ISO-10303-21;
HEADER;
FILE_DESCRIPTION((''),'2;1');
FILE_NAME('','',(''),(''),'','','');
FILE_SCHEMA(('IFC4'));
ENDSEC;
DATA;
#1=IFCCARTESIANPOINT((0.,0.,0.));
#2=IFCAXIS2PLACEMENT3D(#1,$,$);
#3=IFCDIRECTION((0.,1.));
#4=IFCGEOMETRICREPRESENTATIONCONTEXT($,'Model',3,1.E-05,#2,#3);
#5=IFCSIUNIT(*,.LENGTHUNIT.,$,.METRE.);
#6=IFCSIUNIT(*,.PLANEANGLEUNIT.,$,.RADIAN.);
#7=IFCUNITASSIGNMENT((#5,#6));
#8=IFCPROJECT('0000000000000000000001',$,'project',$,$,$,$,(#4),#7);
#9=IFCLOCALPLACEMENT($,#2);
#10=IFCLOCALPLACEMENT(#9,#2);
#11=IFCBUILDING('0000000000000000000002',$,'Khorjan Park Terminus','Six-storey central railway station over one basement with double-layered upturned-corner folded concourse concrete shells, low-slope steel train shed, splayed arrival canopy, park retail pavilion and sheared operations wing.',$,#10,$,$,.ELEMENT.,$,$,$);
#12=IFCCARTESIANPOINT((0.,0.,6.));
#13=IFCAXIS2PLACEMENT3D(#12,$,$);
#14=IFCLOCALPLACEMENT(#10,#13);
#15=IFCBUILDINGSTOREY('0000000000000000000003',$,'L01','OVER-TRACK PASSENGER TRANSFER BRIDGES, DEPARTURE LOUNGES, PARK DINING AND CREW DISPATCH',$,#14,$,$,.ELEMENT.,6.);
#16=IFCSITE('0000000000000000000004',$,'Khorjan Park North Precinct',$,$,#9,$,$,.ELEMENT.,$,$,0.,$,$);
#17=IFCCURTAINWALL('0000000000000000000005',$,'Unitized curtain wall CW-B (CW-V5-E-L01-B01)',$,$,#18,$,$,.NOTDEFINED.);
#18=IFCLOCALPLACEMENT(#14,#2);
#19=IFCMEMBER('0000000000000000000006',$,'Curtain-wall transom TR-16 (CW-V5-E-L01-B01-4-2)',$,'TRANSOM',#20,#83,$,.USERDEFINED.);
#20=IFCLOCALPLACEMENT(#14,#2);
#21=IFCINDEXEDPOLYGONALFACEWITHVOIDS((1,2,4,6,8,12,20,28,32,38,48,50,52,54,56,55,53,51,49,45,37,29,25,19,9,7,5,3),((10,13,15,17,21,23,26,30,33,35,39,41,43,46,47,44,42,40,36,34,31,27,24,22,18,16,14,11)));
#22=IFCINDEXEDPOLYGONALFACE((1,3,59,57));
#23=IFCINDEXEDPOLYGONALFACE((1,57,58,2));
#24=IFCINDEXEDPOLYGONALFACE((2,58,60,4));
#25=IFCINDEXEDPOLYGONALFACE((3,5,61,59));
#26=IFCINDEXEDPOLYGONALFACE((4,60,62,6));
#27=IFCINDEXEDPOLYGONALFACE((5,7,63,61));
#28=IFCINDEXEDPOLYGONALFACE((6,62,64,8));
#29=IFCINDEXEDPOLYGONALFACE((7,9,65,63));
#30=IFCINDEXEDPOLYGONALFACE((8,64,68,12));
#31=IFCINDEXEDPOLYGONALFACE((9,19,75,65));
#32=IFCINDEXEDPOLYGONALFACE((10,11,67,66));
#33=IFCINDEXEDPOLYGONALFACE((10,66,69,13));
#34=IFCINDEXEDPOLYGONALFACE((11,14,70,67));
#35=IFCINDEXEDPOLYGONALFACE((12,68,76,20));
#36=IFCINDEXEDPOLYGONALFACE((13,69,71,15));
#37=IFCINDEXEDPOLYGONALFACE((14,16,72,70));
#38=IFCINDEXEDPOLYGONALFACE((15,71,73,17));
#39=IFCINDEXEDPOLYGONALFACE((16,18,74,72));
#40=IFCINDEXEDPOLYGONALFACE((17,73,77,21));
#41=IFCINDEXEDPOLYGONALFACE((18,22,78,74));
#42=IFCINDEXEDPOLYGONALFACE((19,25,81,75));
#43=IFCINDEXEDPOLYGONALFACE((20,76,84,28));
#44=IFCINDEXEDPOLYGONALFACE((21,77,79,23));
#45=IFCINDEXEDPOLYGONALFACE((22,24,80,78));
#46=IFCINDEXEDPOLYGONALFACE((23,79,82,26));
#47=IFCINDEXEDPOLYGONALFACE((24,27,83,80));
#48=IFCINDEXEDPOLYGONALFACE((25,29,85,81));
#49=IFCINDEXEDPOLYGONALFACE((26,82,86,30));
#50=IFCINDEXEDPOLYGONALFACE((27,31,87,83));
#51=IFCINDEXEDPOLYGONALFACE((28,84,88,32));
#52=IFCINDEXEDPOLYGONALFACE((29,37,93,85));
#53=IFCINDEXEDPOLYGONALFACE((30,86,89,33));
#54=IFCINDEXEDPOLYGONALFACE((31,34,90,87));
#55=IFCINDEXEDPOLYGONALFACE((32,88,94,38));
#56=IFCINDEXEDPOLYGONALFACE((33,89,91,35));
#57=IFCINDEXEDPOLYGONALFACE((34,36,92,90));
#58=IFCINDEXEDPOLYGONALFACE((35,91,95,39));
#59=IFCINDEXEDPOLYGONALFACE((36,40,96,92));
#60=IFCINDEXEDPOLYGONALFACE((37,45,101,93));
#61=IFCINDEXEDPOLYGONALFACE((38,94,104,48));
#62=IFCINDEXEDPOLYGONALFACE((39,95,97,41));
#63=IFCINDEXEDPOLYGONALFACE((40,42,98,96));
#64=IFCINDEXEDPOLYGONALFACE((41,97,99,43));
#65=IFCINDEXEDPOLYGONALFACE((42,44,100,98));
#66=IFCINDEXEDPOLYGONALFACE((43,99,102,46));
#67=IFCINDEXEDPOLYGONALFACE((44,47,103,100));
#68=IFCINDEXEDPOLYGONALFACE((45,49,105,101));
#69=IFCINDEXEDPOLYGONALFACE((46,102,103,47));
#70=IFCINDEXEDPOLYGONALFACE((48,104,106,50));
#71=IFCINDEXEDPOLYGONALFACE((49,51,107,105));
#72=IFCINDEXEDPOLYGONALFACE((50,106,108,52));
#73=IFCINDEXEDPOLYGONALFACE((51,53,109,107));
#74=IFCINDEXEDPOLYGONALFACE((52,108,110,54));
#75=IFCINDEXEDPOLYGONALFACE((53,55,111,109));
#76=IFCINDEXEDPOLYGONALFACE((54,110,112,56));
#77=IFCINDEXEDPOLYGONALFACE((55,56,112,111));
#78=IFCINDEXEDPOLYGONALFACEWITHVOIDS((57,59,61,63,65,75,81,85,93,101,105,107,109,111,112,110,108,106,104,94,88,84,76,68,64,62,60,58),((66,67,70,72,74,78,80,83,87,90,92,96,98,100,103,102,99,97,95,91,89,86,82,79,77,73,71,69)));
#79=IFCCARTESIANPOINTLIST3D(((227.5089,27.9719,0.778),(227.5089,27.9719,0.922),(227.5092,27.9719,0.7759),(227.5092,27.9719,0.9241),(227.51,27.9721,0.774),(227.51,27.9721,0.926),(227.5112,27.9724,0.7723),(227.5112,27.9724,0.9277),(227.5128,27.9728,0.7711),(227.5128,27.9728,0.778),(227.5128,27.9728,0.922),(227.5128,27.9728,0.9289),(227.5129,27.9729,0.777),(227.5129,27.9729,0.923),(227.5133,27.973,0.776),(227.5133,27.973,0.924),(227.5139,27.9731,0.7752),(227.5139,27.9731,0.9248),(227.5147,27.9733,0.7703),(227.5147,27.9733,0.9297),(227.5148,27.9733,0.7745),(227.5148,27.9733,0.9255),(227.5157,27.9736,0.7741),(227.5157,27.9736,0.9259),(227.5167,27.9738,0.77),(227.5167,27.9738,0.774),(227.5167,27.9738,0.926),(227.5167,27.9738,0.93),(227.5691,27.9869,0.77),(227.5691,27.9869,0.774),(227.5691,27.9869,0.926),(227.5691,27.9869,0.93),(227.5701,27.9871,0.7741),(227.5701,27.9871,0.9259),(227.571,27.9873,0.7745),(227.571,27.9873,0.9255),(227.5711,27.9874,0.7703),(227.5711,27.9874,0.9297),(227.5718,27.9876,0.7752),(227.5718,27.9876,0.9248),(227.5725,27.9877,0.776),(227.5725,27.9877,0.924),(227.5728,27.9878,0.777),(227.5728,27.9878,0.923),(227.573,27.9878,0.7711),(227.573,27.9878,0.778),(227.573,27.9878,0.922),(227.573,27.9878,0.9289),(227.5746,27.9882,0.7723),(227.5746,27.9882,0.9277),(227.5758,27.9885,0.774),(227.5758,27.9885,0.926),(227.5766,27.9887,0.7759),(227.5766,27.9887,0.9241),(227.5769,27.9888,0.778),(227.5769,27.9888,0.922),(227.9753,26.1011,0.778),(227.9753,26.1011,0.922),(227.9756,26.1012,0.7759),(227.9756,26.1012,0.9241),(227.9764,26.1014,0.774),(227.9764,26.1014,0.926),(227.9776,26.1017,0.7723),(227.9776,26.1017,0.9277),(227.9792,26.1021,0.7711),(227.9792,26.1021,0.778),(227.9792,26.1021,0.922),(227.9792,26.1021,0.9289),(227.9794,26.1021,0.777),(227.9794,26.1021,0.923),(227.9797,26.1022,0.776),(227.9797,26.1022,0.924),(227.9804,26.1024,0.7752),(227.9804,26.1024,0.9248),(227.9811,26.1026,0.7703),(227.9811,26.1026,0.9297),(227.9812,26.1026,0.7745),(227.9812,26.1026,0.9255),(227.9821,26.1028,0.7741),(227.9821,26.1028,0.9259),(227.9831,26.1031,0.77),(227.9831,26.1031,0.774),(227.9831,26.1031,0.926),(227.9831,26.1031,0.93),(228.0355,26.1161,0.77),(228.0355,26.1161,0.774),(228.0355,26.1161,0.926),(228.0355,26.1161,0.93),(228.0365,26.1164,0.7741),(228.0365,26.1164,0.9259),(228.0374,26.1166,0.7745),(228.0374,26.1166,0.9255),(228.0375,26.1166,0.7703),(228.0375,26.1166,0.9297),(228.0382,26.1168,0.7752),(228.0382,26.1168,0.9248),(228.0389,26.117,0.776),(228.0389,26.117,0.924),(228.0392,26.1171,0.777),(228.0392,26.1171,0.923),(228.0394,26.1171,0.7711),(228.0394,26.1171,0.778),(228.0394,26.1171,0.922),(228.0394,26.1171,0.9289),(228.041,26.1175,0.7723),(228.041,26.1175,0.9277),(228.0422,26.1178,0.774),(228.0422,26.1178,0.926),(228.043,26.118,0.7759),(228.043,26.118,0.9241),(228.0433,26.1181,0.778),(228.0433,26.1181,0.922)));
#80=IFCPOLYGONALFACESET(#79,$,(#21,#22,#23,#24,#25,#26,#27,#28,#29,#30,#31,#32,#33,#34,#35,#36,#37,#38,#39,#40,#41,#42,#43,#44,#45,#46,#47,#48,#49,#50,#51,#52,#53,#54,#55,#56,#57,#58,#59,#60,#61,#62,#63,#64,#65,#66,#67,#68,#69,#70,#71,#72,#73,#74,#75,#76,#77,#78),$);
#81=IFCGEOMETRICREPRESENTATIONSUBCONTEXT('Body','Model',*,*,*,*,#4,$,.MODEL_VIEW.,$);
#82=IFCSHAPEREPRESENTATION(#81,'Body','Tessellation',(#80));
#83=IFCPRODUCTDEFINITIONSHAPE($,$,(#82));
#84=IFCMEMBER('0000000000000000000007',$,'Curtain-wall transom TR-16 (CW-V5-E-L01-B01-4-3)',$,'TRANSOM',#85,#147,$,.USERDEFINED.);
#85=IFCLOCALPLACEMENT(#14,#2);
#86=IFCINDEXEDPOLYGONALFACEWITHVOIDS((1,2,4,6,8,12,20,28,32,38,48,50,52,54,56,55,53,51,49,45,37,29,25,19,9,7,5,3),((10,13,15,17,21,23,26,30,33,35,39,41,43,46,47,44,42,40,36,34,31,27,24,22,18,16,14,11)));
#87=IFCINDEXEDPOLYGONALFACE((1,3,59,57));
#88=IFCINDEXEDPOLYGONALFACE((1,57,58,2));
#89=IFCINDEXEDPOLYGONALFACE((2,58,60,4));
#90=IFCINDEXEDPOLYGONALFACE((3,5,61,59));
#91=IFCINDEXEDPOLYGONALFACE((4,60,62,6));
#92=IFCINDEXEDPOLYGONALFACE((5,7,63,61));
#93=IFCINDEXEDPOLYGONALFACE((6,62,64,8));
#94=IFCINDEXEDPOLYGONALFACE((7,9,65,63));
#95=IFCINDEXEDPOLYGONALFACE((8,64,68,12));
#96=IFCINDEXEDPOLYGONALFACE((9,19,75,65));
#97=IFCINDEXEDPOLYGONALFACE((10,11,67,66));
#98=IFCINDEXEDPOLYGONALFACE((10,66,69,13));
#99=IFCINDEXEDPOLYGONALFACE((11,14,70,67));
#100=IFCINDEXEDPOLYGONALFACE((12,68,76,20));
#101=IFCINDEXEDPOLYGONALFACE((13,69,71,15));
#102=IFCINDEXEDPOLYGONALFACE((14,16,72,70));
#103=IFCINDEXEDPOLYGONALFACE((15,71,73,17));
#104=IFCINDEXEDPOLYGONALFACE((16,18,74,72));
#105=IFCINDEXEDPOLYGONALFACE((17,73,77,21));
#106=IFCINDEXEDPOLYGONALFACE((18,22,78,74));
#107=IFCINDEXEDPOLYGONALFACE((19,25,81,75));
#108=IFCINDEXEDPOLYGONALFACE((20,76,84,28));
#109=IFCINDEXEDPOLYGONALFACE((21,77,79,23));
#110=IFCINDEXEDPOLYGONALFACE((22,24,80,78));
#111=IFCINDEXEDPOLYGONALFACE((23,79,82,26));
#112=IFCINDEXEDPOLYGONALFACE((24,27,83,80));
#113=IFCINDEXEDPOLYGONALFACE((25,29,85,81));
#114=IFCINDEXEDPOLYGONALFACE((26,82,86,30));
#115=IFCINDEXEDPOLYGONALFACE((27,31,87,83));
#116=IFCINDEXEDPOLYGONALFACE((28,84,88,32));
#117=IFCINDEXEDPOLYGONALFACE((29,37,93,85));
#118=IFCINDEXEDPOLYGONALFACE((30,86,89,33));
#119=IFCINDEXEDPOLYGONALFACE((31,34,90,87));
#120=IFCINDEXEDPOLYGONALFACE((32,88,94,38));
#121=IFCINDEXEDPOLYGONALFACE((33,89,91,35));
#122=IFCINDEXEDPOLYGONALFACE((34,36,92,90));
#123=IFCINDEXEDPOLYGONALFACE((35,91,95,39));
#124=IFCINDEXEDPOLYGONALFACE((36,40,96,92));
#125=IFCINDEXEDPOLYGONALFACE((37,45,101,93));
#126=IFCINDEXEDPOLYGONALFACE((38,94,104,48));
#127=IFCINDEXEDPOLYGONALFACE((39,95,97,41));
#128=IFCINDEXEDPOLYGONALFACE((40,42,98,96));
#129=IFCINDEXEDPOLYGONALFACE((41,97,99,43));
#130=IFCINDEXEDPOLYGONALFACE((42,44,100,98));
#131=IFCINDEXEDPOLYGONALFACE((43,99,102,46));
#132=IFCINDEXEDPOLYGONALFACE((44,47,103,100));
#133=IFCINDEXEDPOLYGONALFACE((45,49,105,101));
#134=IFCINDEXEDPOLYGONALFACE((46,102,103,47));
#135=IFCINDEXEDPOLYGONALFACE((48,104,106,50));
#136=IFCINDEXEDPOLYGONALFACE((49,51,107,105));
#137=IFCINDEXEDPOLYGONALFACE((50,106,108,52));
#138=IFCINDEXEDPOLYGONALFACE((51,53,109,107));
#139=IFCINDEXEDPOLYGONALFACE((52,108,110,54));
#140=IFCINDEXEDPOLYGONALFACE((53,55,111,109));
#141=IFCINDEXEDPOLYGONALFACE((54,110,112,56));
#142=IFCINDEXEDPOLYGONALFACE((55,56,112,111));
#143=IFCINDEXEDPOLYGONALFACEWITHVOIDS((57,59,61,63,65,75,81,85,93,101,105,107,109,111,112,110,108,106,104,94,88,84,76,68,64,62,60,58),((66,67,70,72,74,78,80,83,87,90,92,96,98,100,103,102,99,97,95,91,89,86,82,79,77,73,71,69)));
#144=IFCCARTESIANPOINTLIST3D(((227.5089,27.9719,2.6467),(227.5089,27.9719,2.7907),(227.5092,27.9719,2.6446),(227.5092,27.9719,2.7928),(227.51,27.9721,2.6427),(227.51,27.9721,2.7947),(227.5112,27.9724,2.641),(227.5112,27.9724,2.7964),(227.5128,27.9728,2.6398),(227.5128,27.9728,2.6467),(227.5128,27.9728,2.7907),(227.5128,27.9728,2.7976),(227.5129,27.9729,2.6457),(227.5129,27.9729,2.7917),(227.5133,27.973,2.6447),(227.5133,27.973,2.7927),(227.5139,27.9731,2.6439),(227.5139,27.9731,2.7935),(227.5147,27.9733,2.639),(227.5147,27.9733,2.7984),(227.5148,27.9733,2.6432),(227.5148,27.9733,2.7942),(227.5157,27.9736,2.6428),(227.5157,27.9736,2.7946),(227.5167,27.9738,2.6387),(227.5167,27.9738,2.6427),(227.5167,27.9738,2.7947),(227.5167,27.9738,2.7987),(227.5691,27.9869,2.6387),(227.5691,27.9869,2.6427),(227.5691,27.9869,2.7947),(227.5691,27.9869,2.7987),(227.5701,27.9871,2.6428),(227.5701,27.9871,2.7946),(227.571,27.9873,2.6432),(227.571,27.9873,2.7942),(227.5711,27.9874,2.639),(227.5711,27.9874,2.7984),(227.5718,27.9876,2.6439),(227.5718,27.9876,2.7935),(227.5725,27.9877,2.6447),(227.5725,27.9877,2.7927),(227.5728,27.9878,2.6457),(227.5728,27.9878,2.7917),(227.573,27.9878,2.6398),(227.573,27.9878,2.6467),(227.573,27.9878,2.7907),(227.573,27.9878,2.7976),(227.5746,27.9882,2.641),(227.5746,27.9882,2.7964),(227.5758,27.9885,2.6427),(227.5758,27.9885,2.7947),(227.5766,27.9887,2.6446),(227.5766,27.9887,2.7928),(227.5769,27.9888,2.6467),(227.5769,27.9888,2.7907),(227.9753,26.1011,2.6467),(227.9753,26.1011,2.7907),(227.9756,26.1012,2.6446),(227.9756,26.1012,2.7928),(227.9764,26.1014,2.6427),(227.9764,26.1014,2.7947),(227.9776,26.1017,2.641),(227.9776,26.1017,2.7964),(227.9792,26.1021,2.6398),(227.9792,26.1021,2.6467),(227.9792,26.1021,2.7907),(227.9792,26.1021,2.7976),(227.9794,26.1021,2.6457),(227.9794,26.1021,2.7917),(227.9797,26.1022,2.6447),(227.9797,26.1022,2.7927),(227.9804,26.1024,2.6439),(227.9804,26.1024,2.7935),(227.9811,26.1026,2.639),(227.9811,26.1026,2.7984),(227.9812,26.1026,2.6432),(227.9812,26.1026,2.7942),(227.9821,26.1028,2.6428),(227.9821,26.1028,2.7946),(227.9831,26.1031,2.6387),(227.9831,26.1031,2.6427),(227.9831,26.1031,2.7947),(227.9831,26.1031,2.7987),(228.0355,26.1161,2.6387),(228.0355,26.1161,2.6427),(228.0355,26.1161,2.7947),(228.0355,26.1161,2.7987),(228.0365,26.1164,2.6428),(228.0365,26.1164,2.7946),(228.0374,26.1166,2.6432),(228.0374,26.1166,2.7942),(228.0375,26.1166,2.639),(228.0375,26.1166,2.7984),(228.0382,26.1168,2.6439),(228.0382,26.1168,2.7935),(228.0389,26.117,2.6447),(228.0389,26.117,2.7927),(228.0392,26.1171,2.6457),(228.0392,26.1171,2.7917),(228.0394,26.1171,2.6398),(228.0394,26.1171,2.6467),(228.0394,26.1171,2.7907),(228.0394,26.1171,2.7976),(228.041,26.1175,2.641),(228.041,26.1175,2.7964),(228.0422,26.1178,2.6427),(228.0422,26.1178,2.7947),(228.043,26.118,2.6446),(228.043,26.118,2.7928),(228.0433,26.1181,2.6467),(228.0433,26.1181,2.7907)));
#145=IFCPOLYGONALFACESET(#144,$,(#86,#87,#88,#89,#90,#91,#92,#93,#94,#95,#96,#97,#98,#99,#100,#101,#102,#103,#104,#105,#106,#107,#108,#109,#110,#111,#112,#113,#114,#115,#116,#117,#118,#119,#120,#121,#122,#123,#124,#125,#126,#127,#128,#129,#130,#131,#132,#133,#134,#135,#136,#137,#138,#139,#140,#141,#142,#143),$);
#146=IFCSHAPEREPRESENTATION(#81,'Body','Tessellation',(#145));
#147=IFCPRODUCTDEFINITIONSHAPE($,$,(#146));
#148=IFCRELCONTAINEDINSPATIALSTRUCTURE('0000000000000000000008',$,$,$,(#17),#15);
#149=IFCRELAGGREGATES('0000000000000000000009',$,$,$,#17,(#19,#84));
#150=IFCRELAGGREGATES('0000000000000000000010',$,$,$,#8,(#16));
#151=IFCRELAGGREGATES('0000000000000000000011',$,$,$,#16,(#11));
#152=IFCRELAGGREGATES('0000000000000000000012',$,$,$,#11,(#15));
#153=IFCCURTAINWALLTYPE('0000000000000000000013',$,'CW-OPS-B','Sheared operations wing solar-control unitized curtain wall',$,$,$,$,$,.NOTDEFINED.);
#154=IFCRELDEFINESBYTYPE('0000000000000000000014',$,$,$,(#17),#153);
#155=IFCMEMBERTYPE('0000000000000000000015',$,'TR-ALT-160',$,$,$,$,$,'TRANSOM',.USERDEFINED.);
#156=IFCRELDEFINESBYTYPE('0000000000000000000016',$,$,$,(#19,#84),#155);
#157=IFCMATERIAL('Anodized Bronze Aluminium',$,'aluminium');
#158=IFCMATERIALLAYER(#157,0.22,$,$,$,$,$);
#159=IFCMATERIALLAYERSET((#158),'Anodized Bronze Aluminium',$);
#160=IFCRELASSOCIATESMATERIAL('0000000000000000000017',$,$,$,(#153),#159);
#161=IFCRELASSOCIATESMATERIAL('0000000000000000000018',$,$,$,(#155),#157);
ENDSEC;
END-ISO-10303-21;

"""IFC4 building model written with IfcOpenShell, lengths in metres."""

from ifc_helpers import new_model, si_unit, direction, frame, origin, origin_2d, place, context, subcontext, project, spatial, hollow_rectangle, extrude, material, layer, layer_set, material_profile, profile_set, type_object, element, aggregate, save


model = new_model("IFC4")

# Units and contexts
model_context = context("Model", 3, precision=1e-05, world=origin(), true_north=direction((0.0, 1.0)))
body_context = subcontext(model_context, "Body", "Model", "MODEL_VIEW")
ifc_project = project(units=[si_unit("LENGTHUNIT", "METRE"), si_unit("PLANEANGLEUNIT", "RADIAN")], contexts=[model_context])

# Site, building, storey
site_placement = place(None, origin())
site = spatial("IfcSite", under=ifc_project, at=site_placement, Name="Khorjan Park North Precinct", CompositionType="ELEMENT", RefElevation=0.0)
building_placement = place(site_placement, origin())
building = spatial("IfcBuilding", under=site, at=building_placement, Name="Khorjan Park Terminus", Description="Six-storey central railway station over one basement with double-layered upturned-corner folded concourse concrete shells, low-slope steel train shed, splayed arrival canopy, park retail pavilion and sheared operations wing.", CompositionType="ELEMENT")
storey_placement = place(building_placement, frame((0.0, 0.0, 6.0)))
storey = spatial("IfcBuildingStorey", under=building, at=storey_placement, Name="L01", Description="OVER-TRACK PASSENGER TRANSFER BRIDGES, DEPARTURE LOUNGES, PARK DINING AND CREW DISPATCH", CompositionType="ELEMENT", Elevation=6.0)

# Curtain wall, members
ifc_material_1 = material(Name="Anodized Bronze Aluminium", Category="aluminium")
ifc_layer_1 = layer(ifc_material_1, 0.22)
ifc_layer_set_1 = layer_set([ifc_layer_1], Name="Anodized Bronze Aluminium")
curtain_wall_type = type_object("IfcCurtainWallType", Name="CW-OPS-B", Description="Sheared operations wing solar-control unitized curtain wall", PredefinedType="NOTDEFINED", material=ifc_layer_set_1)
curtain_wall_placement = place(storey_placement, origin())
curtain_wall = element("IfcCurtainWall", 1, at=curtain_wall_placement, inside=storey, type_object=curtain_wall_type, Name="Unitized curtain wall CW-B (CW-V5-E-L01-B01)", PredefinedType="NOTDEFINED")
ifc_material_profile_1 = material_profile(ifc_material_1, hollow_rectangle(XDim=0.07, YDim=0.16, WallThickness=0.004, InnerFilletRadius=0.004, OuterFilletRadius=0.008, at=origin_2d()), Name="ALT 70x160x4")
ifc_profile_set_1 = profile_set([ifc_material_profile_1], Name="Anodized Bronze Aluminium")
member_type_1 = type_object("IfcMemberType", Name="TR-ALT-160", ElementType="TRANSOM", PredefinedType="USERDEFINED", material=ifc_profile_set_1)
member_1_placement = place(storey_placement, frame((228.0093, 26.1096, 0.85), z_axis=(-0.241913, 0.970298, 0.0), x_axis=(-0.970298, -0.241913, 0.0)))
member_1 = element("IfcMember", 2, at=member_1_placement, type_object=member_type_1, Name="Curtain-wall transom TR-16 (CW-V5-E-L01-B01-4-2)", ObjectType="TRANSOM", PredefinedType="USERDEFINED", context=body_context, shape_type="SweptSolid", body=[
    extrude(hollow_rectangle(XDim=0.07, YDim=0.16, WallThickness=0.004, InnerFilletRadius=0.004, OuterFilletRadius=0.008, at=origin_2d()), origin(), (0.0, 0.0, 1.0), 1.928),
])
member_2_placement = place(storey_placement, frame((228.0093, 26.1096, 2.7187), z_axis=(-0.241913, 0.970298, 0.0), x_axis=(-0.970298, -0.241913, 0.0)))
member_2 = element("IfcMember", 3, at=member_2_placement, type_object=member_type_1, Name="Curtain-wall transom TR-16 (CW-V5-E-L01-B01-4-3)", ObjectType="TRANSOM", PredefinedType="USERDEFINED", context=body_context, shape_type="SweptSolid", body=[
    extrude(hollow_rectangle(XDim=0.07, YDim=0.16, WallThickness=0.004, InnerFilletRadius=0.004, OuterFilletRadius=0.008, at=origin_2d()), origin(), (0.0, 0.0, 1.0), 1.928),
])
aggregate(curtain_wall, [member_1, member_2])

save(model, "model.ifc")
